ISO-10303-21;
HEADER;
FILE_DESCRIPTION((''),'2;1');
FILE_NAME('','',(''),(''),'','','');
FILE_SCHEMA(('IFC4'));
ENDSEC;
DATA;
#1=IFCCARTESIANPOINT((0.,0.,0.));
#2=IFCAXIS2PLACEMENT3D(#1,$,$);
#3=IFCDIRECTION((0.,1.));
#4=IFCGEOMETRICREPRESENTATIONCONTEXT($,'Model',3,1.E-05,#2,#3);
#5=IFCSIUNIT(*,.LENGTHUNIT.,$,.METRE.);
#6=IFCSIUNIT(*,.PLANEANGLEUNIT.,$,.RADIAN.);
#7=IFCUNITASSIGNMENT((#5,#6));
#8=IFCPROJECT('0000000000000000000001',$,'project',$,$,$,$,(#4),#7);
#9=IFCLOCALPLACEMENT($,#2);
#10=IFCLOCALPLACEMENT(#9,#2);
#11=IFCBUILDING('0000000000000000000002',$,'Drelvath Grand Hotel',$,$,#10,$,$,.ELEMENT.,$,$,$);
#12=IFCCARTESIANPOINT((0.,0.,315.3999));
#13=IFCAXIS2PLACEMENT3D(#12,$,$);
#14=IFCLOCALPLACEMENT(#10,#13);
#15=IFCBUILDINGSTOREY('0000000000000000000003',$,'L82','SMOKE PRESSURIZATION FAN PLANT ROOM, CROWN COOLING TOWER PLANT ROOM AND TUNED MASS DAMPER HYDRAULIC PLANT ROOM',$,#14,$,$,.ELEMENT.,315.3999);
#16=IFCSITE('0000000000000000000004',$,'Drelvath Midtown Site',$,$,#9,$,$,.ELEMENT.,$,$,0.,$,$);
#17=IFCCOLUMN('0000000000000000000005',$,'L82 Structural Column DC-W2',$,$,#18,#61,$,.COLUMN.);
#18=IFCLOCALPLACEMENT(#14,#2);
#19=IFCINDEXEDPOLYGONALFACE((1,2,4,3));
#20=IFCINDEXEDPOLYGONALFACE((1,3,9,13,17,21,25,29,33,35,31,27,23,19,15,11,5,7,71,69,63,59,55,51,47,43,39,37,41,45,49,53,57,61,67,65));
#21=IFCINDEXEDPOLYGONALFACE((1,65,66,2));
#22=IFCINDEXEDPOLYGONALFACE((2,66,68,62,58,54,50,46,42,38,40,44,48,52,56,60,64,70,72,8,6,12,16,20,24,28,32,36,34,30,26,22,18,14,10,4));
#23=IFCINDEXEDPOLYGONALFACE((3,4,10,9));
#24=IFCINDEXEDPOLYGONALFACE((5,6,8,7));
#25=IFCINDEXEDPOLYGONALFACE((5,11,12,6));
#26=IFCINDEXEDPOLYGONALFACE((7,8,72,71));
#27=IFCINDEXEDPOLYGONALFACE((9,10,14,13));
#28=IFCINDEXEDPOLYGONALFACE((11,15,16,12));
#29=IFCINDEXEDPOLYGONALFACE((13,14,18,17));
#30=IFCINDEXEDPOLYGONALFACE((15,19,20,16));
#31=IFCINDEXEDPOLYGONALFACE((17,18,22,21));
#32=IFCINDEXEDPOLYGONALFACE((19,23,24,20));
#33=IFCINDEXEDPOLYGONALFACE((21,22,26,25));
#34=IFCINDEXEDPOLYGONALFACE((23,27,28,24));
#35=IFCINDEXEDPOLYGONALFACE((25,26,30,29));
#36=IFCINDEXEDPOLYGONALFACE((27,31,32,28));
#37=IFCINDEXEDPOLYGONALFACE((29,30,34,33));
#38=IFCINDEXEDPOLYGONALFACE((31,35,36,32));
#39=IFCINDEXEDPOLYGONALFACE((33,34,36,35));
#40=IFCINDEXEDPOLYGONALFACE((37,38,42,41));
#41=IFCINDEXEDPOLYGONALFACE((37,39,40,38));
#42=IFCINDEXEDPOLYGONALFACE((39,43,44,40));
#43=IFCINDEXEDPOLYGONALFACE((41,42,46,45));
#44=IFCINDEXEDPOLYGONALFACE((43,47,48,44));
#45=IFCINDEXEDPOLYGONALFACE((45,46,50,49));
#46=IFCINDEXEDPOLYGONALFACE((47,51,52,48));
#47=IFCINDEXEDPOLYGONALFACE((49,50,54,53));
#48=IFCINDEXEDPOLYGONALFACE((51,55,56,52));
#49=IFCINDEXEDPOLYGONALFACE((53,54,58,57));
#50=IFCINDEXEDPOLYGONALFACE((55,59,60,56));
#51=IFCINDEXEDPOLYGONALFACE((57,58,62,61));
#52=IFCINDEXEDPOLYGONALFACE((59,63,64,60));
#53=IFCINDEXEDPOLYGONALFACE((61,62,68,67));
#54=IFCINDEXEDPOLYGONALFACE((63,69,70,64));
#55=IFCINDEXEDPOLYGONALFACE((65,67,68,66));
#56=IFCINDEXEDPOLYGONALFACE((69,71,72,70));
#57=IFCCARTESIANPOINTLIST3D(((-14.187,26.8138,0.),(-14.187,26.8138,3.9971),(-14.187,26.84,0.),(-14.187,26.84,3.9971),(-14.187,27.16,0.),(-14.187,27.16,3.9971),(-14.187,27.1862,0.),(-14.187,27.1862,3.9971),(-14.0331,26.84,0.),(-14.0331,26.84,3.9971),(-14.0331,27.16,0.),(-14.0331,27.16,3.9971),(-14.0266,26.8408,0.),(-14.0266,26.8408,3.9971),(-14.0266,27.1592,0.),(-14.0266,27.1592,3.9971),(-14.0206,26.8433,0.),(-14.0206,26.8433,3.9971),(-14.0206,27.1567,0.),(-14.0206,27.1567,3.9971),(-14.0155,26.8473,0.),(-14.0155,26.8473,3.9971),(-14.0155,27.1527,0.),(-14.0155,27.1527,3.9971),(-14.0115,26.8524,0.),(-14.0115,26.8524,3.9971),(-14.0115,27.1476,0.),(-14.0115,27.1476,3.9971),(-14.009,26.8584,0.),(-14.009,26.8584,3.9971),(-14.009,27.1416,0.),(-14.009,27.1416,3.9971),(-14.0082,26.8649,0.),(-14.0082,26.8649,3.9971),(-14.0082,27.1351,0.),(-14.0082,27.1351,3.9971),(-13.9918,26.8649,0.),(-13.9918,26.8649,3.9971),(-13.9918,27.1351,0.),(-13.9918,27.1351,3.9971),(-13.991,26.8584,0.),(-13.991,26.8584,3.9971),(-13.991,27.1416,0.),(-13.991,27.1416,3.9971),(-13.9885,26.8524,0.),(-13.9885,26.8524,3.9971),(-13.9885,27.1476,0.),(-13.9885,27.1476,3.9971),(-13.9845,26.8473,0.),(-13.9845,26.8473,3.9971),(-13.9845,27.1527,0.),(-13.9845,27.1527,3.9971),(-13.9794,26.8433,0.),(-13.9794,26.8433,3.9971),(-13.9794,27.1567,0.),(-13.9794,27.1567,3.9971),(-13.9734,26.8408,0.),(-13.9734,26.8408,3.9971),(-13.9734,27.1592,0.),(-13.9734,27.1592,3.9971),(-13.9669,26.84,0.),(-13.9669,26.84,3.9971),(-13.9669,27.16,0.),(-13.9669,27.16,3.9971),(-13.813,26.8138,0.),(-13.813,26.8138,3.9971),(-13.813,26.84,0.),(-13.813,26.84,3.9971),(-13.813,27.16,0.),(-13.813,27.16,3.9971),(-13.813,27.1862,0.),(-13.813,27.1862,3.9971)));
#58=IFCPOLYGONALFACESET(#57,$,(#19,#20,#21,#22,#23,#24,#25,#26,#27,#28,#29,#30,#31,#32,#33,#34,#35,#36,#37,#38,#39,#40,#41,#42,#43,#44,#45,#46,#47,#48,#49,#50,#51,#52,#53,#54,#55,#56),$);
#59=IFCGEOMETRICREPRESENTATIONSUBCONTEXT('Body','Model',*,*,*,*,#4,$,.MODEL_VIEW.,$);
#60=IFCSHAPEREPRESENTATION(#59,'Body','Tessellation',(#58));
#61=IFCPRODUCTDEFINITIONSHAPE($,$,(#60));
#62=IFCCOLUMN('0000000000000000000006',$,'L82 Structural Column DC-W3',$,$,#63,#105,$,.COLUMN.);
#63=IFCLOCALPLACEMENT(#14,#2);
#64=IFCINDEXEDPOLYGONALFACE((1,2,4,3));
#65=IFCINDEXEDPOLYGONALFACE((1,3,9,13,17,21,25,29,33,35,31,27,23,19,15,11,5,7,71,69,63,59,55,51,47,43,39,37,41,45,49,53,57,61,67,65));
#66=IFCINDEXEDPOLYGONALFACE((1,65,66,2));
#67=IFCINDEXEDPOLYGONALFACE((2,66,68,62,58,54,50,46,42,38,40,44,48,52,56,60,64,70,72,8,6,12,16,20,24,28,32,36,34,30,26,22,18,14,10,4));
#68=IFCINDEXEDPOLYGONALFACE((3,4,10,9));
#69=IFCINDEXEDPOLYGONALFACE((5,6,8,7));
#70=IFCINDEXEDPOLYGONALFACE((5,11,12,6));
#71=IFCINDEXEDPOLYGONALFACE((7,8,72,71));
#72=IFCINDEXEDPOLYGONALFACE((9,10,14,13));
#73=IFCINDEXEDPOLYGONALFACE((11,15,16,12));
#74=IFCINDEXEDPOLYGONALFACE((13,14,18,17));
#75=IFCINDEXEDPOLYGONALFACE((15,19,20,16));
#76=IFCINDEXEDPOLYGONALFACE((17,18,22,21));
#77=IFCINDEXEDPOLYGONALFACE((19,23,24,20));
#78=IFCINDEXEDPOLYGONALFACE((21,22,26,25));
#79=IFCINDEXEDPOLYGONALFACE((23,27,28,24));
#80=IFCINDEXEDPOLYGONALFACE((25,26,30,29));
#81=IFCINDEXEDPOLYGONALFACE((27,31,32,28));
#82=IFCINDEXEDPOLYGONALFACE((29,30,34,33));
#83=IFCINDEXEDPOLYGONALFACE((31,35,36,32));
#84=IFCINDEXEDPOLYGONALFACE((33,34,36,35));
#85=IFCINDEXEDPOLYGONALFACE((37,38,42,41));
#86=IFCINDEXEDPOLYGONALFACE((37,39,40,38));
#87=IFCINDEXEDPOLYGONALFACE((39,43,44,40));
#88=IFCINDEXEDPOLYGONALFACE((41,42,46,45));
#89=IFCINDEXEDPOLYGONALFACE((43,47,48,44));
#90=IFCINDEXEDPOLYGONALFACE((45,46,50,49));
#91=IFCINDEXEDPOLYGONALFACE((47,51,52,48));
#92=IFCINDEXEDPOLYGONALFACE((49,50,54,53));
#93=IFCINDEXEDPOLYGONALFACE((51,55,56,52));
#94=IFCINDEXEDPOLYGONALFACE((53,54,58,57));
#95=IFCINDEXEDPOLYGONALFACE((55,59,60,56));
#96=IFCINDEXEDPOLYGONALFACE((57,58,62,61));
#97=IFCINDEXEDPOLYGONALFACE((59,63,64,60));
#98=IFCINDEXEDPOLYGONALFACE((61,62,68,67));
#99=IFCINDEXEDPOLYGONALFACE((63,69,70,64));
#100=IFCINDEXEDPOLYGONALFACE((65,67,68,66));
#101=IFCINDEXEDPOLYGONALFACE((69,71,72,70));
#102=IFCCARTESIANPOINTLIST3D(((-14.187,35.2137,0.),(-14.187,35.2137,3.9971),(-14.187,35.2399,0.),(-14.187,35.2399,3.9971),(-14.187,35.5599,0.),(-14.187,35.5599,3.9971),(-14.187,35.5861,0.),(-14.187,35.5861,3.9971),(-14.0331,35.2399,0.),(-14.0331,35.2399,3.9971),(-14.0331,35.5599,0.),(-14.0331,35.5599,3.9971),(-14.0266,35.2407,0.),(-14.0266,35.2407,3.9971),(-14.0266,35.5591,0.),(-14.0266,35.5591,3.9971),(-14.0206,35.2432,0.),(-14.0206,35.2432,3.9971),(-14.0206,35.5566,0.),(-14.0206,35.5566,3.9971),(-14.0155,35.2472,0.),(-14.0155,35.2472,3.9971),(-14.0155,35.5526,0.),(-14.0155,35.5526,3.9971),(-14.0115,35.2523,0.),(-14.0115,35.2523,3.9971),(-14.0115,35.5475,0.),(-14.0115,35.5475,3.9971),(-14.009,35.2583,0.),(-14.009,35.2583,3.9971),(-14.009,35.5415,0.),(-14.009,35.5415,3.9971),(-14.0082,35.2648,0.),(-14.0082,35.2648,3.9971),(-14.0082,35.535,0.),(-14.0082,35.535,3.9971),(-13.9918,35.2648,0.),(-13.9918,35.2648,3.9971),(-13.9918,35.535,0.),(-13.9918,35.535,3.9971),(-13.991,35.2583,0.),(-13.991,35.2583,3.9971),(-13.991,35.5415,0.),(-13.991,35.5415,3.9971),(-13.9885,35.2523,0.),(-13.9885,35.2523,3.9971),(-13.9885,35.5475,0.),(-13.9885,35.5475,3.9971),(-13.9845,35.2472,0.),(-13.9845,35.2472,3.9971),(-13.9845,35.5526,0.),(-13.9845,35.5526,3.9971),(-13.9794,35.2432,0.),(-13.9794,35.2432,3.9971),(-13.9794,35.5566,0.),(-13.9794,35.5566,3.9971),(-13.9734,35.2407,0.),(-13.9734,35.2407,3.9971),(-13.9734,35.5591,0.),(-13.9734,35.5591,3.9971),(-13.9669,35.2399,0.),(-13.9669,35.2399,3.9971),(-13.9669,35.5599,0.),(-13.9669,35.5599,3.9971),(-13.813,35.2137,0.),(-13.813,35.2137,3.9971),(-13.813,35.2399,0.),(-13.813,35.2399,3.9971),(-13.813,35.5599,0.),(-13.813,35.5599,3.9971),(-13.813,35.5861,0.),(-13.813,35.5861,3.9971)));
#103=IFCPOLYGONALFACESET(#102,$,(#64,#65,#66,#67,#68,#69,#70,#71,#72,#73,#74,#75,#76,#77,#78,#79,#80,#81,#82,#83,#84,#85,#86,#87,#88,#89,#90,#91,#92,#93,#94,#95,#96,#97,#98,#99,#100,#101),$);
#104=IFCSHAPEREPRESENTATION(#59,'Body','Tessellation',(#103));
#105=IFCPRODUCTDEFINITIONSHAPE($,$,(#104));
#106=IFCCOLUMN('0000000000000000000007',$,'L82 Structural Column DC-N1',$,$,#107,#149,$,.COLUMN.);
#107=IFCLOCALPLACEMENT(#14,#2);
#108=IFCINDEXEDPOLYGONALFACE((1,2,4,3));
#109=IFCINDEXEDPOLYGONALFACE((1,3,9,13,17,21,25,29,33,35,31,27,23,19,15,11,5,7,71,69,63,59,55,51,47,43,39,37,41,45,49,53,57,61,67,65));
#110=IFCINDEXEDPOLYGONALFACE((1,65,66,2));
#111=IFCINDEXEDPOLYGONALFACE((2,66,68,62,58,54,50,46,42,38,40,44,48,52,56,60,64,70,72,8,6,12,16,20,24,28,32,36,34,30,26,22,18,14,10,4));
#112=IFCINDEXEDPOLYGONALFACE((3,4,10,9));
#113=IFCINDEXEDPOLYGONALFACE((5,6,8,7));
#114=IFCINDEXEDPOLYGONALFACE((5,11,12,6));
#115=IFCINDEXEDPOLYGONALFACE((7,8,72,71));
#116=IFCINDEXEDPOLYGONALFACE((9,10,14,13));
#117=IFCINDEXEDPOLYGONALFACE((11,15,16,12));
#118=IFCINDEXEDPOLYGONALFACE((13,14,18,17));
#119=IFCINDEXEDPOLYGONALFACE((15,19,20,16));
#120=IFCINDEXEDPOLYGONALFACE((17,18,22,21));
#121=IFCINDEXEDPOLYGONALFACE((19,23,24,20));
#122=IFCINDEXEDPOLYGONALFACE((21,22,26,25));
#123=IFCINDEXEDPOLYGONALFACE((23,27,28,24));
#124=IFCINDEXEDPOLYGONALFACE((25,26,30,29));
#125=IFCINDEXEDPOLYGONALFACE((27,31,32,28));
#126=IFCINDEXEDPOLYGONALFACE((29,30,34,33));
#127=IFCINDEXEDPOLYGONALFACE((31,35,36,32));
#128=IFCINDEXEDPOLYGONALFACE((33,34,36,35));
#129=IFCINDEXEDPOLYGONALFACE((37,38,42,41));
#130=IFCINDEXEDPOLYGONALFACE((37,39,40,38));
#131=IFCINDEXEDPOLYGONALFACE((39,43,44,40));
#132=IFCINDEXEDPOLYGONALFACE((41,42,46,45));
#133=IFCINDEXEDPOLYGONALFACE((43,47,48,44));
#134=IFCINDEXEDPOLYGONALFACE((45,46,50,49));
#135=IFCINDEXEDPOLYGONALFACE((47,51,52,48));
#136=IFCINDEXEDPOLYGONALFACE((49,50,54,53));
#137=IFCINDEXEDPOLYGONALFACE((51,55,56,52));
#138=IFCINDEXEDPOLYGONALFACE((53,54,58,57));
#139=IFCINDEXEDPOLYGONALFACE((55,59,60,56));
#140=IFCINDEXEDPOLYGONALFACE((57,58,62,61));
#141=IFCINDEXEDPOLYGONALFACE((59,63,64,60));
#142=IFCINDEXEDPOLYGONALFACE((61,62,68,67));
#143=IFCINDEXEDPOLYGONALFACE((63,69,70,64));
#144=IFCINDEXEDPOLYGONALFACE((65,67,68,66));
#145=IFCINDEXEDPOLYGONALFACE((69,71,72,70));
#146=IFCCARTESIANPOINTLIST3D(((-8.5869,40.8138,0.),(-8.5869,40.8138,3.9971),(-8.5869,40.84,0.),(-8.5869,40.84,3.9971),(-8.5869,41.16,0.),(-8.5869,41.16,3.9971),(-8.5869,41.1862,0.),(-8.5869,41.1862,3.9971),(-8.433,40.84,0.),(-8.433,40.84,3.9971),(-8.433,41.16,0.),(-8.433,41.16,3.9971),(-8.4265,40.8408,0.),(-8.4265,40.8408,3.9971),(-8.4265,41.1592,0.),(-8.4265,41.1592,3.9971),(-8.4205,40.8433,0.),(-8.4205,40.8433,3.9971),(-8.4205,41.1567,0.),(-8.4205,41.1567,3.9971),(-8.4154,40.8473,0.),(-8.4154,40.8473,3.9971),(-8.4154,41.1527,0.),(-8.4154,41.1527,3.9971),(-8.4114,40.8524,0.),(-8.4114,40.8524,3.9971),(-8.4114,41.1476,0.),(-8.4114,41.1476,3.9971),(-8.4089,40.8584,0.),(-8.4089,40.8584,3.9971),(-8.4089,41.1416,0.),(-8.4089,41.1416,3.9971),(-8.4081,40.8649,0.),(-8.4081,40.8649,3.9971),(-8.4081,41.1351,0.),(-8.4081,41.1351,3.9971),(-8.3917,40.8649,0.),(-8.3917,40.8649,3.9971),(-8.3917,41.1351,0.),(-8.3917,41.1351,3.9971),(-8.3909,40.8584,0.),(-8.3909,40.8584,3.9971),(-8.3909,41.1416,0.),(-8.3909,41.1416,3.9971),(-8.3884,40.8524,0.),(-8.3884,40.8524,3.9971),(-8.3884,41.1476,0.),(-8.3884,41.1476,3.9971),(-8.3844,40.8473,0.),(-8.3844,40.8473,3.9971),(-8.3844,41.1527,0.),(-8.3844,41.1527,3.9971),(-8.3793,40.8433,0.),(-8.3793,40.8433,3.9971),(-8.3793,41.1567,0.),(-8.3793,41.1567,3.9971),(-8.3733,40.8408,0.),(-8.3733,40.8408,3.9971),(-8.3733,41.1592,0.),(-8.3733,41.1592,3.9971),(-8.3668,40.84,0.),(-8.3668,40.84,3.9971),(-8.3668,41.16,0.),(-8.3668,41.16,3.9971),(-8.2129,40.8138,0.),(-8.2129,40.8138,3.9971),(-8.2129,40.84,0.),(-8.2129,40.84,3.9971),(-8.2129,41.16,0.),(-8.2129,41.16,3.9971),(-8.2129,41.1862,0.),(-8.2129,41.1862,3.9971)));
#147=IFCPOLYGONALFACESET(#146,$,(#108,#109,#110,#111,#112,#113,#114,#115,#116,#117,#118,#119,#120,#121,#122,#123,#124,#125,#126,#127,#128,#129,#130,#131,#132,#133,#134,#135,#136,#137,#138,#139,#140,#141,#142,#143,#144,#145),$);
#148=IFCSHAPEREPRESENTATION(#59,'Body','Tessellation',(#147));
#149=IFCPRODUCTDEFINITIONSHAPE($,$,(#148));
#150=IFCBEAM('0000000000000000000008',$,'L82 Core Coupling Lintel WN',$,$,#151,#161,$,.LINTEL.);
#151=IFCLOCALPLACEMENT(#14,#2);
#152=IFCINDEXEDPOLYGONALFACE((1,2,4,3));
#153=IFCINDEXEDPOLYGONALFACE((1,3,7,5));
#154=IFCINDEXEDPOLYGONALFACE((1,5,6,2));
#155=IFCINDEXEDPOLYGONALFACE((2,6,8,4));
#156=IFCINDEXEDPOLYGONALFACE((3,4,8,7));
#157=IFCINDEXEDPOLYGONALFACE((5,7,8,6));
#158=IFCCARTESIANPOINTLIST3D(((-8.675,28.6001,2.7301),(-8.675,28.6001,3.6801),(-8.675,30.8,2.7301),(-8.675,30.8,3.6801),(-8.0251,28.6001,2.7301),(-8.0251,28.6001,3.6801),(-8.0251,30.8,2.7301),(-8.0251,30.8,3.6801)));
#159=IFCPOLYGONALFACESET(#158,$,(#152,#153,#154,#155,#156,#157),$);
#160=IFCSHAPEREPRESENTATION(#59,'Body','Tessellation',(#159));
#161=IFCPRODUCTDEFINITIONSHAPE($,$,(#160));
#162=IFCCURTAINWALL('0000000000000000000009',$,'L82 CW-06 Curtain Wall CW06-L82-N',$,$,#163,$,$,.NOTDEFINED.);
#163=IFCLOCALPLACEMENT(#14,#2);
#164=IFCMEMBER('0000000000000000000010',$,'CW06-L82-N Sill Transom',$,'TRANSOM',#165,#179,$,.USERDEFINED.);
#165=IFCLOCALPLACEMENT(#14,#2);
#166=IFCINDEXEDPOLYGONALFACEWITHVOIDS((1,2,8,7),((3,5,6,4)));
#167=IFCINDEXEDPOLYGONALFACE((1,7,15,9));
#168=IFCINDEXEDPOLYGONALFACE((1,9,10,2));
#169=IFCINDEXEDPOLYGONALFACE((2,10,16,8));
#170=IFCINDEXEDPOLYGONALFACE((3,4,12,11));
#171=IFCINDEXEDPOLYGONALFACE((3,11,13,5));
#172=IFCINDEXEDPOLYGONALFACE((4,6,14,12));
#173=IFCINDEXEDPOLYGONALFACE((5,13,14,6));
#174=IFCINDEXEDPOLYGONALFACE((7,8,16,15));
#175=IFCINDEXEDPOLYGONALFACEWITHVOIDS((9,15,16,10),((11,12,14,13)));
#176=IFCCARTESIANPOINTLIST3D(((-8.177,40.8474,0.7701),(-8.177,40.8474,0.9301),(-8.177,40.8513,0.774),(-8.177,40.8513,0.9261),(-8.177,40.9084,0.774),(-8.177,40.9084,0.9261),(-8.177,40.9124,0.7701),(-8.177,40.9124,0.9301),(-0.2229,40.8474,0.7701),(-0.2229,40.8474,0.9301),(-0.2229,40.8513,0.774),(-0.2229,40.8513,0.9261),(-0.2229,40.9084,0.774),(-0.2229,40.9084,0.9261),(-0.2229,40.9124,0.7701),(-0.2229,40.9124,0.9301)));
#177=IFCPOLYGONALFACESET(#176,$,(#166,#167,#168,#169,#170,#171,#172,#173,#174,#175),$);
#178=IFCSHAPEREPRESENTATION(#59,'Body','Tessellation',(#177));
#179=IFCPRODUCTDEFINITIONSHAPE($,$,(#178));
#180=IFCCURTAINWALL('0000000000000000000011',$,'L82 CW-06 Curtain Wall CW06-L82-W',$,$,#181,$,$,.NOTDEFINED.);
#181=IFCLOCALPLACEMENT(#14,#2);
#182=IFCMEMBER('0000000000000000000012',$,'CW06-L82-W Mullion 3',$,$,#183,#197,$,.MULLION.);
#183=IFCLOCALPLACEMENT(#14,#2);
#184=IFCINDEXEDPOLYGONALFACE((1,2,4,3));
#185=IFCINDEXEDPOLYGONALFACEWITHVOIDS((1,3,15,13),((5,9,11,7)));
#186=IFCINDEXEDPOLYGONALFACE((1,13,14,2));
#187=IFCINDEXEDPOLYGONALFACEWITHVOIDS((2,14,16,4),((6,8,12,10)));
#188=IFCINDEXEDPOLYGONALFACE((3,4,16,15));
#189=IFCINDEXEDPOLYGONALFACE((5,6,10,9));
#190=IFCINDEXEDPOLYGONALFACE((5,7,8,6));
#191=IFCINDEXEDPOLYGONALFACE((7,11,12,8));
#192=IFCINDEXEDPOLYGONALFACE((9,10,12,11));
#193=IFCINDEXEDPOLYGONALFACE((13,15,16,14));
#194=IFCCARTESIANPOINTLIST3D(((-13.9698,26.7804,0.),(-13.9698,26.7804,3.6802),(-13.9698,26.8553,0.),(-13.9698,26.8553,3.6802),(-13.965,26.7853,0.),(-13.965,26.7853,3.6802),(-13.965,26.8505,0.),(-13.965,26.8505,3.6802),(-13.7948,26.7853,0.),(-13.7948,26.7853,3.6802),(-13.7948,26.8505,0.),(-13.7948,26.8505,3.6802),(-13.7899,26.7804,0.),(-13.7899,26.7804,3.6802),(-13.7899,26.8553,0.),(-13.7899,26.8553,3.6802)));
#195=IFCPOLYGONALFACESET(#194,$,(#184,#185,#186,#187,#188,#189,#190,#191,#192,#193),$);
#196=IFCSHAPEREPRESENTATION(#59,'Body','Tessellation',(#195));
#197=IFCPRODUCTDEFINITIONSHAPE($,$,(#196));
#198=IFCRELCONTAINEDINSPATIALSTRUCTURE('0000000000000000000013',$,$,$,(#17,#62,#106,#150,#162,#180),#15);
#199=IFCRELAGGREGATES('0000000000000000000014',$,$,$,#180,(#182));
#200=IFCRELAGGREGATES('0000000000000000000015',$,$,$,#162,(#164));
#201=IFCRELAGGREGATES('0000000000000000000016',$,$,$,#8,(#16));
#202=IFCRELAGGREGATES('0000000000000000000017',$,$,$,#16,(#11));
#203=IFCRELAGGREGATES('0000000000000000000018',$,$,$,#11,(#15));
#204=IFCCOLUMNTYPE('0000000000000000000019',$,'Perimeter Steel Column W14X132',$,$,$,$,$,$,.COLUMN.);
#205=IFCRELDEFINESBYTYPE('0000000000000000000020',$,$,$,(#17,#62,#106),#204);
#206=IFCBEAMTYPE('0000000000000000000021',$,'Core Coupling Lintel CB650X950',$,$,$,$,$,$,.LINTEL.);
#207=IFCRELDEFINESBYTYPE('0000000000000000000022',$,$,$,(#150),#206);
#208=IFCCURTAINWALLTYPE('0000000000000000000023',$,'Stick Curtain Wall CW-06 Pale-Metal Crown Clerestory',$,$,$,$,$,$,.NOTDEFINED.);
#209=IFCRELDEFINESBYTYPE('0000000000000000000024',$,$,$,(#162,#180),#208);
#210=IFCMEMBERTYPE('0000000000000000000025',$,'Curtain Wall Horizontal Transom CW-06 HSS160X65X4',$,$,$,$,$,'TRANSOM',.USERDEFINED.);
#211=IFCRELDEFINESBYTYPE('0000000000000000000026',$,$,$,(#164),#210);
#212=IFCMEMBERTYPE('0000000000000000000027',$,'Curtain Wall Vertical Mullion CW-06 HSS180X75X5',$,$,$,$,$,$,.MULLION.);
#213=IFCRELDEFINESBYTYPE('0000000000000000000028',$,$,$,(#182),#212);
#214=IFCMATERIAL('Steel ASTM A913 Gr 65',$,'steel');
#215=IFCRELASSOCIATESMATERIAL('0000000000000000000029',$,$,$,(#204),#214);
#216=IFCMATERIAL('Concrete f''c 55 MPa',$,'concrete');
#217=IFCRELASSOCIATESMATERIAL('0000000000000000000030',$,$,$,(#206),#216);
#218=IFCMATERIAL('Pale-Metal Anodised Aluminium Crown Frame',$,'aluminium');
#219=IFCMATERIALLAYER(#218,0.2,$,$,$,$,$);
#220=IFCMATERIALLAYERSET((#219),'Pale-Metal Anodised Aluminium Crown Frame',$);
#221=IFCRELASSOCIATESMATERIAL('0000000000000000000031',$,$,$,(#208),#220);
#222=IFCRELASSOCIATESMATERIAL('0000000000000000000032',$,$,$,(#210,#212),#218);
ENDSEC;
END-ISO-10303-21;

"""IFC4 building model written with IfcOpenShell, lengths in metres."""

from ifc_helpers import new_model, si_unit, direction, frame, origin, origin_2d, place, context, subcontext, project, spatial, rectangle, hollow_rectangle, i_section, extrude, material, layer, layer_set, material_profile, profile_set, type_object, element, aggregate, save


model = new_model("IFC4")

# Units and contexts
model_context = context("Model", 3, precision=1e-05, world=origin(), true_north=direction((0.0, 1.0)))
body_context = subcontext(model_context, "Body", "Model", "MODEL_VIEW")
ifc_project = project(units=[si_unit("LENGTHUNIT", "METRE"), si_unit("PLANEANGLEUNIT", "RADIAN")], contexts=[model_context])

# Site, building, storey
site_placement = place(None, origin())
site = spatial("IfcSite", under=ifc_project, at=site_placement, Name="Drelvath Midtown Site", CompositionType="ELEMENT", RefElevation=0.0)
building_placement = place(site_placement, origin())
building = spatial("IfcBuilding", under=site, at=building_placement, Name="Drelvath Grand Hotel", CompositionType="ELEMENT")
storey_placement = place(building_placement, frame((0.0, 0.0, 315.3999)))
storey = spatial("IfcBuildingStorey", under=building, at=storey_placement, Name="L82", Description="SMOKE PRESSURIZATION FAN PLANT ROOM, CROWN COOLING TOWER PLANT ROOM AND TUNED MASS DAMPER HYDRAULIC PLANT ROOM", CompositionType="ELEMENT", Elevation=315.3999)

# Columns
ifc_material_1 = material(Name="Steel ASTM A913 Gr 65", Category="steel")
ifc_material_profile_1 = material_profile(ifc_material_1, i_section(OverallWidth=0.374, OverallDepth=0.3723, WebThickness=0.0164, FlangeThickness=0.0261, FilletRadius=0.0249, at=origin_2d()), Name="W14X132")
ifc_profile_set_1 = profile_set([ifc_material_profile_1], Name="Steel ASTM A913 Gr 65")
column_type = type_object("IfcColumnType", Name="Perimeter Steel Column W14X132", PredefinedType="COLUMN", material=ifc_profile_set_1)
for number, where, z_axis, x_axis, name in (
    (1, (-14.0, 27.0, 0.0), (0.0, 0.0, 1.0), (1.0, 0.0, 0.0), "L82 Structural Column DC-W2"),
    (2, (-14.0, 35.3999, 0.0), (0.0, 0.0, 1.0), (1.0, 0.0, 0.0), "L82 Structural Column DC-W3"),
    (3, (-8.3999, 41.0, 0.0), (0.0, 0.0, 1.0), (1.0, 0.0, 0.0), "L82 Structural Column DC-N1"),
):
    element("IfcColumn", number, at=place(storey_placement, frame(where, z_axis=z_axis, x_axis=x_axis)), inside=storey, type_object=column_type, Name=name, PredefinedType="COLUMN", context=body_context, shape_type="SweptSolid", body=[
        extrude(i_section(OverallWidth=0.374, OverallDepth=0.3723, WebThickness=0.0164, FlangeThickness=0.0261, FilletRadius=0.0249, at=origin_2d()), origin(), (0.0, 0.0, 1.0), 3.9971),
    ])

# Beam
ifc_material_2 = material(Name="Concrete f'c 55 MPa", Category="concrete")
ifc_material_profile_2 = material_profile(ifc_material_2, rectangle(XDim=0.6499, YDim=0.95, at=origin_2d()), Name="CB650X950")
ifc_profile_set_2 = profile_set([ifc_material_profile_2], Name="Concrete f'c 55 MPa")
beam_type_1 = type_object("IfcBeamType", Name="Core Coupling Lintel CB650X950", PredefinedType="LINTEL", material=ifc_profile_set_2)
beam_1_placement = place(storey_placement, frame((-8.3501, 28.6001, 3.2051), z_axis=(0.0, 1.0, 0.0), x_axis=(-1.0, 0.0, 0.0)))
element("IfcBeam", 4, at=beam_1_placement, inside=storey, type_object=beam_type_1, Name="L82 Core Coupling Lintel WN", PredefinedType="LINTEL", context=body_context, shape_type="SweptSolid", body=[
    extrude(rectangle(XDim=0.6499, YDim=0.95, at=origin_2d()), origin(), (0.0, 0.0, 1.0), 2.2),
])

# Curtain walls, members
ifc_material_3 = material(Name="Pale-Metal Anodised Aluminium Crown Frame", Category="aluminium")
ifc_layer_1 = layer(ifc_material_3, 0.2)
ifc_layer_set_1 = layer_set([ifc_layer_1], Name="Pale-Metal Anodised Aluminium Crown Frame")
curtain_wall_type = type_object("IfcCurtainWallType", Name="Stick Curtain Wall CW-06 Pale-Metal Crown Clerestory", PredefinedType="NOTDEFINED", material=ifc_layer_set_1)
curtain_wall_1_placement = place(storey_placement, origin())
curtain_wall_1 = element("IfcCurtainWall", 5, at=curtain_wall_1_placement, inside=storey, type_object=curtain_wall_type, Name="L82 CW-06 Curtain Wall CW06-L82-N", PredefinedType="NOTDEFINED")
ifc_material_profile_3 = material_profile(ifc_material_3, hollow_rectangle(XDim=0.0649, YDim=0.1599, WallThickness=0.0039, at=origin_2d()), Name="HSS160X65X4")
ifc_profile_set_3 = profile_set([ifc_material_profile_3], Name="Pale-Metal Anodised Aluminium Crown Frame")
member_type_1 = type_object("IfcMemberType", Name="Curtain Wall Horizontal Transom CW-06 HSS160X65X4", ElementType="TRANSOM", PredefinedType="USERDEFINED", material=ifc_profile_set_3)
member_1_placement = place(storey_placement, frame((-8.177, 40.8799, 0.8501), z_axis=(1.0, 0.0, 0.0), x_axis=(0.0, 1.0, 0.0)))
member_1 = element("IfcMember", 6, at=member_1_placement, type_object=member_type_1, Name="CW06-L82-N Sill Transom", ObjectType="TRANSOM", PredefinedType="USERDEFINED", context=body_context, shape_type="SweptSolid", body=[
    extrude(hollow_rectangle(XDim=0.0649, YDim=0.1599, WallThickness=0.0039, at=origin_2d()), origin(), (0.0, 0.0, 1.0), 7.9541),
])
curtain_wall_2_placement = place(storey_placement, origin())
curtain_wall_2 = element("IfcCurtainWall", 7, at=curtain_wall_2_placement, inside=storey, type_object=curtain_wall_type, Name="L82 CW-06 Curtain Wall CW06-L82-W", PredefinedType="NOTDEFINED")
ifc_material_profile_4 = material_profile(ifc_material_3, hollow_rectangle(XDim=0.075, YDim=0.1799, WallThickness=0.0049, at=origin_2d()), Name="HSS180X75X5")
ifc_profile_set_4 = profile_set([ifc_material_profile_4], Name="Pale-Metal Anodised Aluminium Crown Frame")
member_type_2 = type_object("IfcMemberType", Name="Curtain Wall Vertical Mullion CW-06 HSS180X75X5", PredefinedType="MULLION", material=ifc_profile_set_4)
member_2_placement = place(storey_placement, frame((-13.8799, 26.8179, 0.0), z_axis=(0.0, 0.0, 1.0), x_axis=(0.0, 1.0, 0.0)))
member_2 = element("IfcMember", 8, at=member_2_placement, type_object=member_type_2, Name="CW06-L82-W Mullion 3", PredefinedType="MULLION", context=body_context, shape_type="SweptSolid", body=[
    extrude(hollow_rectangle(XDim=0.075, YDim=0.1799, WallThickness=0.0049, at=origin_2d()), origin(), (0.0, 0.0, 1.0), 3.6802),
])
aggregate(curtain_wall_2, [member_2])

aggregate(curtain_wall_1, [member_1])

save(model, "model.ifc")
